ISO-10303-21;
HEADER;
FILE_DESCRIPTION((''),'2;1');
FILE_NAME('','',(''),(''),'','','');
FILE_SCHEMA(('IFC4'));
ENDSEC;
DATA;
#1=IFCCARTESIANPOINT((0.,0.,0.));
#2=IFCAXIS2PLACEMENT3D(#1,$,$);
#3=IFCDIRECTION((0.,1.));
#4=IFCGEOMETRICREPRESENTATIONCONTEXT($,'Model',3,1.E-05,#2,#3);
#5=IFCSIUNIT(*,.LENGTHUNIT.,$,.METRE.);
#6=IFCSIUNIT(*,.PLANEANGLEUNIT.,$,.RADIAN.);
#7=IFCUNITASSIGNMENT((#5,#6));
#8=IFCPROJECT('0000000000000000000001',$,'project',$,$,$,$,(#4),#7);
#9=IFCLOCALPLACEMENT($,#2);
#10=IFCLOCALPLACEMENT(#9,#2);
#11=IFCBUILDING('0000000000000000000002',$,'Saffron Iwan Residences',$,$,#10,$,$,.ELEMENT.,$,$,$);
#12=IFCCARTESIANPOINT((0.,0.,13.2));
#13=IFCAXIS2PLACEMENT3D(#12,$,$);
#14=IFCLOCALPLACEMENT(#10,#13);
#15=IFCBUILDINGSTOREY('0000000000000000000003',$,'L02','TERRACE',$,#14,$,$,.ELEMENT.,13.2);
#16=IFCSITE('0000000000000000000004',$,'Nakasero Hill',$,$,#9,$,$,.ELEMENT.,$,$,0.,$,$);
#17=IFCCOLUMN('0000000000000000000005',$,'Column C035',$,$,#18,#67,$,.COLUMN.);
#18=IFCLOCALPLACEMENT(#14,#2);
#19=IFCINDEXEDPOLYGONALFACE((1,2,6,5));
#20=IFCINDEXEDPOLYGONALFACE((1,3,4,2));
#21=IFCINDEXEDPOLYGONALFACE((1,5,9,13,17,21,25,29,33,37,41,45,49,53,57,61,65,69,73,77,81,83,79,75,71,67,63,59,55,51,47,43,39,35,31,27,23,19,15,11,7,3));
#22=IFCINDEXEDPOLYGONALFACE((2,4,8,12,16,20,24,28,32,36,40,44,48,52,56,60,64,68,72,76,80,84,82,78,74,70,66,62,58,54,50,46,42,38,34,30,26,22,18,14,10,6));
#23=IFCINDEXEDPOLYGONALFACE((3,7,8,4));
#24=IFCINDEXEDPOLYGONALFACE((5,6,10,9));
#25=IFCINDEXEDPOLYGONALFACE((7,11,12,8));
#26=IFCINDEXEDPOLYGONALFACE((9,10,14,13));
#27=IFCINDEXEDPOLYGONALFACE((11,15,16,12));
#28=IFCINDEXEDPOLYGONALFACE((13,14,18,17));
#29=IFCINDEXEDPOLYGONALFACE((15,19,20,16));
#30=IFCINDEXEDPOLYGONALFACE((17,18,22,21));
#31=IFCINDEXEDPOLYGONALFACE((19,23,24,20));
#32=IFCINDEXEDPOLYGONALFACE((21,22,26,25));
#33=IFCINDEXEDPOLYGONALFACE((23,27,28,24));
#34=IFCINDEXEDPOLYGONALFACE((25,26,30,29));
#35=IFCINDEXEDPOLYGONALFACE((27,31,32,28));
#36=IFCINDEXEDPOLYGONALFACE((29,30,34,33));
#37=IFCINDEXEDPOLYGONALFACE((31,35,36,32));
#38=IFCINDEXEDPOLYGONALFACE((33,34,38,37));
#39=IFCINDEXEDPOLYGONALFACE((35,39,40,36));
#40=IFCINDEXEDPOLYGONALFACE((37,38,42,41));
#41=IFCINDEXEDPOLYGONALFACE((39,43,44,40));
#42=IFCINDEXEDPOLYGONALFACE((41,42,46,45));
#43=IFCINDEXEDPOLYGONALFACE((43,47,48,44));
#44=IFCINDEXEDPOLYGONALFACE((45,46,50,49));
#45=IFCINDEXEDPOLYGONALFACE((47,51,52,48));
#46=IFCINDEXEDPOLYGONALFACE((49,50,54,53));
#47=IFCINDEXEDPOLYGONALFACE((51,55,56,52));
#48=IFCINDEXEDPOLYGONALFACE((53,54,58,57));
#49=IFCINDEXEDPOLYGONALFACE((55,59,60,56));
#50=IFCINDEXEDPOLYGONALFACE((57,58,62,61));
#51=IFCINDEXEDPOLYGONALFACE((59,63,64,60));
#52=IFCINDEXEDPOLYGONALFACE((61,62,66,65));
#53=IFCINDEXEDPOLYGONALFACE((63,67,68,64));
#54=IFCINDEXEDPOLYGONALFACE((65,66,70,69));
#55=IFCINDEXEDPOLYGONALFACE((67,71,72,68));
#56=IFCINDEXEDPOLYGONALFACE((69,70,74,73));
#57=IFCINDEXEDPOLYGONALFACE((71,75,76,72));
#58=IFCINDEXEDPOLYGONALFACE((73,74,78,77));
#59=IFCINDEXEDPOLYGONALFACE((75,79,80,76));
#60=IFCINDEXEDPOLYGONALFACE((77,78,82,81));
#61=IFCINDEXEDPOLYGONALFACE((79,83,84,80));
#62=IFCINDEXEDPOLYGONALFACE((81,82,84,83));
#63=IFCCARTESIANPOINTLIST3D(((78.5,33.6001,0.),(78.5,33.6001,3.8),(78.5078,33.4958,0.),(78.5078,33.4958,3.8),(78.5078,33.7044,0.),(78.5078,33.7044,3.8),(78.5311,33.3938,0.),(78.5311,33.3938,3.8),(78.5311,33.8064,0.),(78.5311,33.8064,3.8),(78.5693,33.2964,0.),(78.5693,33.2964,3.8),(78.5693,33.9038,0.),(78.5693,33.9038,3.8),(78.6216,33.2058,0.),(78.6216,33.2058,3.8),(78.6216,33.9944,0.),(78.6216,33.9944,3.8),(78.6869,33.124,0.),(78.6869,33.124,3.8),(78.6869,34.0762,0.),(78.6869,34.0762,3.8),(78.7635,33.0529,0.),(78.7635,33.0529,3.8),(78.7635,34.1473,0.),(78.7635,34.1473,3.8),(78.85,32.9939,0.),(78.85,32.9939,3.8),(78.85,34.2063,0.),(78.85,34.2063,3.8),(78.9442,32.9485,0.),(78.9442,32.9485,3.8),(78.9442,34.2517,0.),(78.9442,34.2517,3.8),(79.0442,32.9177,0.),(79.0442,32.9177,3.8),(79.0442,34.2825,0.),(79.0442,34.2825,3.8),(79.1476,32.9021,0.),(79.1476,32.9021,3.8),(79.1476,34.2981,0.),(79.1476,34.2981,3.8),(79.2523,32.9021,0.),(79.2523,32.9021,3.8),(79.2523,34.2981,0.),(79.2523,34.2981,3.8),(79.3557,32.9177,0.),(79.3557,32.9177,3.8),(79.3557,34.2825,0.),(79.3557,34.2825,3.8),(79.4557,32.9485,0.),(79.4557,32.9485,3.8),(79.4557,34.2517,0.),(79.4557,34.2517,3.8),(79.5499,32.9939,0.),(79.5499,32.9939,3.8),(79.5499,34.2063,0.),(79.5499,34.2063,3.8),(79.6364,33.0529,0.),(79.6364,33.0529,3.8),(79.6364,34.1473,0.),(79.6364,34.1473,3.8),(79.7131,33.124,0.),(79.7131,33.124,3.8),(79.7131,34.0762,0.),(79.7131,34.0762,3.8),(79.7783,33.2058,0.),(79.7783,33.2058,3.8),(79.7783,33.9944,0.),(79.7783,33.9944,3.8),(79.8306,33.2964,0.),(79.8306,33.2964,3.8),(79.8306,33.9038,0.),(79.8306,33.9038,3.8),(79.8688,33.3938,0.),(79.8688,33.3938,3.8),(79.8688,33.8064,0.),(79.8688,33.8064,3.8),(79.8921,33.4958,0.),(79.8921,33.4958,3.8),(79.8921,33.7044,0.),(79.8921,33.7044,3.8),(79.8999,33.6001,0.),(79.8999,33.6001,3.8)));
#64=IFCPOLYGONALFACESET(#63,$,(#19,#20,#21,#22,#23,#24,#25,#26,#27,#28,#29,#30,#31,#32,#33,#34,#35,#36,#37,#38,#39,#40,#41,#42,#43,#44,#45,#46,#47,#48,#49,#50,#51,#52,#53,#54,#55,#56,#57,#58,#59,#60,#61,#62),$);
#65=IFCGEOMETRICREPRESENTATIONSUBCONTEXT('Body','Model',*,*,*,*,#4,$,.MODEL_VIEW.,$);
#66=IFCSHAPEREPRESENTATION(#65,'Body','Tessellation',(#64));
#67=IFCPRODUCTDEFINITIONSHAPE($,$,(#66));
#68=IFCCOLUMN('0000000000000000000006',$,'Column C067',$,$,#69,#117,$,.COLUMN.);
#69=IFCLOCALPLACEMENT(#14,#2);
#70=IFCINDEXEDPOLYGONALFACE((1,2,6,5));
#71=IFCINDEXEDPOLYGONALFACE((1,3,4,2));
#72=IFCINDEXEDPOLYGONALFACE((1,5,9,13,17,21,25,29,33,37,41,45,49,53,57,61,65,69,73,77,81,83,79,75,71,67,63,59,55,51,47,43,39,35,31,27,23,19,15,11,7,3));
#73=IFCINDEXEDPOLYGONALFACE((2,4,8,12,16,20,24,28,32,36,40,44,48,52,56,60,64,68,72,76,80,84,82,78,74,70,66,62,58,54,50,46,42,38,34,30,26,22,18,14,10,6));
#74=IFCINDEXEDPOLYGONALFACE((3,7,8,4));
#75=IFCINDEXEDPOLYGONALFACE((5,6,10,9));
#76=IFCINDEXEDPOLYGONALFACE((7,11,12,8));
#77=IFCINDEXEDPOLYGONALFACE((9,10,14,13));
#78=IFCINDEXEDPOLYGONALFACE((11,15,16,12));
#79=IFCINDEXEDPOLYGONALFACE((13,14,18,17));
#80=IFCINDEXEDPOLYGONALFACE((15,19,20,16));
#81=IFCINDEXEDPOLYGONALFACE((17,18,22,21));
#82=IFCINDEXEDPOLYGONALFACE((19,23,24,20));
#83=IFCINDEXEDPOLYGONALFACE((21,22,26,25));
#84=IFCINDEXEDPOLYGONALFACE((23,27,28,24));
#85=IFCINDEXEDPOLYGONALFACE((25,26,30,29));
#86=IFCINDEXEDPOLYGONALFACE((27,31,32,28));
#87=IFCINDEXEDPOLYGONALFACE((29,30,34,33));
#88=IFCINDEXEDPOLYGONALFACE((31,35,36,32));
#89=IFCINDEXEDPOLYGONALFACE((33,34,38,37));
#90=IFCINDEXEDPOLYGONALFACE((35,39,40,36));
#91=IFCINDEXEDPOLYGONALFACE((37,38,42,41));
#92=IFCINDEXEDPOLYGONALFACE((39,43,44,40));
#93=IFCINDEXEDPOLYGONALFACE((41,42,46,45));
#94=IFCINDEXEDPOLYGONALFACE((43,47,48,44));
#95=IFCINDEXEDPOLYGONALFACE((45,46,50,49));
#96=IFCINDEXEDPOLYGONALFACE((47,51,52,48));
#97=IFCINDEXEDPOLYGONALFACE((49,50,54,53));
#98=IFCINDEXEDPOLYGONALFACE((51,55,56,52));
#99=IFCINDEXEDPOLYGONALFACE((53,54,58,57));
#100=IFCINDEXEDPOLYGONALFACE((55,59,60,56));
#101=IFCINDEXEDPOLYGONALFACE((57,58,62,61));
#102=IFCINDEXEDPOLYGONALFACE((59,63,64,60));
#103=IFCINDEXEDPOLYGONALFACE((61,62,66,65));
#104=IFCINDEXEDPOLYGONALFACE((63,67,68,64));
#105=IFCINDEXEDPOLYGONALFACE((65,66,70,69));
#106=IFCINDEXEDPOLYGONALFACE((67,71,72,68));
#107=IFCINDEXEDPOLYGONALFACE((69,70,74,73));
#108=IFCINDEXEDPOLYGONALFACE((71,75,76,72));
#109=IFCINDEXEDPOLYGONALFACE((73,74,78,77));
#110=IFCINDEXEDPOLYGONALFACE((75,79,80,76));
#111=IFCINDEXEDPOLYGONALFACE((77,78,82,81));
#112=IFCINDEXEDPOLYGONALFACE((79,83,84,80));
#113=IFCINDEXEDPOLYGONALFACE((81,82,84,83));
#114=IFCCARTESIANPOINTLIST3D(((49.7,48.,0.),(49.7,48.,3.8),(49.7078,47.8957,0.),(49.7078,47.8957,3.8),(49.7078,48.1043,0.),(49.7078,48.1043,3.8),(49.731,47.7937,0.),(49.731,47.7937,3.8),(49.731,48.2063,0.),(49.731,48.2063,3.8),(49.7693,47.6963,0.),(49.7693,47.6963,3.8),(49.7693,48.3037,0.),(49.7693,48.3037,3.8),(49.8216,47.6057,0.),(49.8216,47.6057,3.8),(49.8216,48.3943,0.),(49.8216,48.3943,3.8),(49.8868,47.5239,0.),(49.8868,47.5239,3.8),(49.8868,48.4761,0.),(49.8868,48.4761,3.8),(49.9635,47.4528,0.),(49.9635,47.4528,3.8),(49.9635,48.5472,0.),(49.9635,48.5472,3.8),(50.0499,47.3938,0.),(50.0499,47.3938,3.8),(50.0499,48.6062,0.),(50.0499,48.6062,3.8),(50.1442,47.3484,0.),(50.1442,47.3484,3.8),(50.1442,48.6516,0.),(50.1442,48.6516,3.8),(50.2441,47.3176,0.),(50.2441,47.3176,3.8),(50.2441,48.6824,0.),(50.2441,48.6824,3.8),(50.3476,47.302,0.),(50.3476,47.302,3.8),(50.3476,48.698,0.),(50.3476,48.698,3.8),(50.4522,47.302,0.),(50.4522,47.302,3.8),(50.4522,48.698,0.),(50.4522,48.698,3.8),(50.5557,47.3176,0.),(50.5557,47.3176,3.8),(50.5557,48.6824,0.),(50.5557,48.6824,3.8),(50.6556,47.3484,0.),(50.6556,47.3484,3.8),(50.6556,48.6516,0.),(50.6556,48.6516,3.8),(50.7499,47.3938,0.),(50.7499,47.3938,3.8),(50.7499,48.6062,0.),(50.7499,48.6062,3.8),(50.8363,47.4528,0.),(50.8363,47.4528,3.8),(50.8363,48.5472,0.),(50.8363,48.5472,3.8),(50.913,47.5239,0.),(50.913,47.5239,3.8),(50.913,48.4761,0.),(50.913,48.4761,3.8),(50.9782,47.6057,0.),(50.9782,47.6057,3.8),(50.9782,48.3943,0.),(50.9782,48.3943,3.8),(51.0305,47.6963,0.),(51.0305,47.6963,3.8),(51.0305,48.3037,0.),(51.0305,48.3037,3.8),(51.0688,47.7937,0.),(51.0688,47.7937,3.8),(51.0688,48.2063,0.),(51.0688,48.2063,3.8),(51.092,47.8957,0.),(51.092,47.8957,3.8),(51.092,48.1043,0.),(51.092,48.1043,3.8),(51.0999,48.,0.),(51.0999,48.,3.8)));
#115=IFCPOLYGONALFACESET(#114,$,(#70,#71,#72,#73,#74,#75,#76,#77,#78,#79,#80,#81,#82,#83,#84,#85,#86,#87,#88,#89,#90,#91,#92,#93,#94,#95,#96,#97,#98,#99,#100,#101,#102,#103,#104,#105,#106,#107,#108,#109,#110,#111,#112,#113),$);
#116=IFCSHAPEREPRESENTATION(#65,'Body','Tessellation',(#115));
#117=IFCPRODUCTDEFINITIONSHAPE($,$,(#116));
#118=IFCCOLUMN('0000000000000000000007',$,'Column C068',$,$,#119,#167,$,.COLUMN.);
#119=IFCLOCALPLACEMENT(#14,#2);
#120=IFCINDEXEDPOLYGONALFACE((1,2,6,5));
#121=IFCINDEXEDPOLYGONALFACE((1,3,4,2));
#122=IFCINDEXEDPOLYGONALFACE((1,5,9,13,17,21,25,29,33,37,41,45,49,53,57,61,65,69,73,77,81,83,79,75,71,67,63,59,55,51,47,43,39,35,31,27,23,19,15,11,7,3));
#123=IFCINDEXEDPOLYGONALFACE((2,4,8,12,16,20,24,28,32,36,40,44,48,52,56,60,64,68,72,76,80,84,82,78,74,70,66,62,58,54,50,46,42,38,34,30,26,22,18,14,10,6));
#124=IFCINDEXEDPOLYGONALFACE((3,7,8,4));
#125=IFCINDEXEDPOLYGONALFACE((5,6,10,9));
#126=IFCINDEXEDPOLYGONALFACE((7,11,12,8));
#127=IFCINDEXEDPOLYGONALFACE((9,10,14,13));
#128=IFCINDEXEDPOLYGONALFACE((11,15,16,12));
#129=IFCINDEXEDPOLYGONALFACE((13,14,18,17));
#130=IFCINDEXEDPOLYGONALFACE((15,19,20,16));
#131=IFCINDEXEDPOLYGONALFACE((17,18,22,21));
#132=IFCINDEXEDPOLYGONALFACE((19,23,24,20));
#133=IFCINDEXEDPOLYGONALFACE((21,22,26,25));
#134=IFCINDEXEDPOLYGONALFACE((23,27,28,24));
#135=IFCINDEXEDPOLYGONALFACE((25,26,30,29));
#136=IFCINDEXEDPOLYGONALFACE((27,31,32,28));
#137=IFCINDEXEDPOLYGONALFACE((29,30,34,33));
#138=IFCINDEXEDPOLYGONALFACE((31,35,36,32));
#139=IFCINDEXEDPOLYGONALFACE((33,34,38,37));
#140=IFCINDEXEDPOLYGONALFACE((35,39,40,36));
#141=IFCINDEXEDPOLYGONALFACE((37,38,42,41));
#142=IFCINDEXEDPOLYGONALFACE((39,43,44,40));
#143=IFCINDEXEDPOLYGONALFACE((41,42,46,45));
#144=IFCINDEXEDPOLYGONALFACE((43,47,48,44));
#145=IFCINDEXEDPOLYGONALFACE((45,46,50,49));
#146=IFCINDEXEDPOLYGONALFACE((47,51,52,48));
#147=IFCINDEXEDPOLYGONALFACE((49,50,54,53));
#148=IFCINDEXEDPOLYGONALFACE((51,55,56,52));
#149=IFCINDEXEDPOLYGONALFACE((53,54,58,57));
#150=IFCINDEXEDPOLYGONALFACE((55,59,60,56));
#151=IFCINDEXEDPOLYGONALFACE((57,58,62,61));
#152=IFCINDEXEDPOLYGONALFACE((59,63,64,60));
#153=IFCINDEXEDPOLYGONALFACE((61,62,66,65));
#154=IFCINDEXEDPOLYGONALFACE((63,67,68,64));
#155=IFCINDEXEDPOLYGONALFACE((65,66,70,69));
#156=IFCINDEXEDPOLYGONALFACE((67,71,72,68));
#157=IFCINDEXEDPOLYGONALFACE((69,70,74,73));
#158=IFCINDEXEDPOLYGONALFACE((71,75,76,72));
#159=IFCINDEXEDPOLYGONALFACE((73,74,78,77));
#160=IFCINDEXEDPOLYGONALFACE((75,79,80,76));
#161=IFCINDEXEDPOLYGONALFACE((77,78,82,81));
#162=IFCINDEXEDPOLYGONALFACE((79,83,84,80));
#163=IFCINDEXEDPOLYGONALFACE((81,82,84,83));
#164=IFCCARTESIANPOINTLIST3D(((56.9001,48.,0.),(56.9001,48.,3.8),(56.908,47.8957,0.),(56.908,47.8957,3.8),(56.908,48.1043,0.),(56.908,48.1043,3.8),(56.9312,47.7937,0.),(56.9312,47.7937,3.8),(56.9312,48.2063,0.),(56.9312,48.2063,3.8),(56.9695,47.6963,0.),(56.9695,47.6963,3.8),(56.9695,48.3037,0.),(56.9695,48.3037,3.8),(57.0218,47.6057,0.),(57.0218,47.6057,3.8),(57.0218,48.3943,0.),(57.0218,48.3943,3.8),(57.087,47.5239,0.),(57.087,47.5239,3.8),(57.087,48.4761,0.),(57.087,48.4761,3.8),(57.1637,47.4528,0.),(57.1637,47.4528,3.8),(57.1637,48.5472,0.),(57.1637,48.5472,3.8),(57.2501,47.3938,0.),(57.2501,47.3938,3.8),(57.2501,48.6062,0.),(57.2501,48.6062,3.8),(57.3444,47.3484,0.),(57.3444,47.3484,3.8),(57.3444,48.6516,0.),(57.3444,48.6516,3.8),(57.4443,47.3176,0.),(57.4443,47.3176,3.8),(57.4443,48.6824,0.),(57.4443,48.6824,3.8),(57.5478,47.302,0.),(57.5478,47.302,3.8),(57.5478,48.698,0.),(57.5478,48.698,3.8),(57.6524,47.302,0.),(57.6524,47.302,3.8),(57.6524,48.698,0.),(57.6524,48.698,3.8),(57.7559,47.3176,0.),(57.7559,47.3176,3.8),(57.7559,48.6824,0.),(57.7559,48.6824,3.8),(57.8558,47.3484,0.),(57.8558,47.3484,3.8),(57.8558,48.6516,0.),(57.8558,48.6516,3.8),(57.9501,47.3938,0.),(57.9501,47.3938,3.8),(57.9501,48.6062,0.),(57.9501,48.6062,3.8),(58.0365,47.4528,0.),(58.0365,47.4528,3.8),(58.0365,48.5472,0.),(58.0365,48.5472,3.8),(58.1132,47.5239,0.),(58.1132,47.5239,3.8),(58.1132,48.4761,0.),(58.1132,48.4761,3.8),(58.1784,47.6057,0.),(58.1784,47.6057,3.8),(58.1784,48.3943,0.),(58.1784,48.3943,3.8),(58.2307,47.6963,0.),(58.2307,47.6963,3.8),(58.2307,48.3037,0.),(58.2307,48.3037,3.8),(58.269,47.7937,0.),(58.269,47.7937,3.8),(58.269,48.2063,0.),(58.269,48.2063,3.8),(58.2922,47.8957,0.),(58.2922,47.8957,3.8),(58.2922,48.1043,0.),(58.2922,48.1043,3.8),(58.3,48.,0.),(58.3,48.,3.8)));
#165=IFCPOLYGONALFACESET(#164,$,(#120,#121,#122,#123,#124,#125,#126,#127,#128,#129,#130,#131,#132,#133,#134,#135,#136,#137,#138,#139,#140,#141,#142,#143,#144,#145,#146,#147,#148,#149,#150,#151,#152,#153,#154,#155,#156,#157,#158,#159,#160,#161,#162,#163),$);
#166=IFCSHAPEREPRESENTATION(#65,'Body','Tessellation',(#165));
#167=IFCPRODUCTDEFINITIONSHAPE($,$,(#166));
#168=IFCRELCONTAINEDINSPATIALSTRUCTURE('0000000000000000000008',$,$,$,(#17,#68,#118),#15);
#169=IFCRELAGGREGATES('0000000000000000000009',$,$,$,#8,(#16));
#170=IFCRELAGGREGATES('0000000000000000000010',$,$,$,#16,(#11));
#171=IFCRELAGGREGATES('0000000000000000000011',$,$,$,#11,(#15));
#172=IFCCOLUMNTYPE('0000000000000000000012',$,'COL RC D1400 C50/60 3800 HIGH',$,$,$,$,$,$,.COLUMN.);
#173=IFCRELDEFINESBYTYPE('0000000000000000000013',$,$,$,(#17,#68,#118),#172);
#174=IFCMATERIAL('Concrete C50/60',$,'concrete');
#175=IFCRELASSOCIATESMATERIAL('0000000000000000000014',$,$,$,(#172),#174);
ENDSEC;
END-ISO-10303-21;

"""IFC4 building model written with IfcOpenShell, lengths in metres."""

from ifc_helpers import new_model, si_unit, direction, frame, origin, origin_2d, place, context, subcontext, project, spatial, circle, extrude, source, transform, mapped, material, material_profile, profile_set, type_object, element, save


model = new_model("IFC4")

# Units and contexts
model_context = context("Model", 3, precision=1e-05, world=origin(), true_north=direction((0.0, 1.0)))
body_context = subcontext(model_context, "Body", "Model", "MODEL_VIEW")
ifc_project = project(units=[si_unit("LENGTHUNIT", "METRE"), si_unit("PLANEANGLEUNIT", "RADIAN")], contexts=[model_context])

# Site, building, storey
site_placement = place(None, origin())
site = spatial("IfcSite", under=ifc_project, at=site_placement, Name="Nakasero Hill", CompositionType="ELEMENT", RefElevation=0.0)
building_placement = place(site_placement, origin())
building = spatial("IfcBuilding", under=site, at=building_placement, Name="Saffron Iwan Residences", CompositionType="ELEMENT")
storey_placement = place(building_placement, frame((0.0, 0.0, 13.2)))
storey = spatial("IfcBuildingStorey", under=building, at=storey_placement, Name="L02", Description="TERRACE", CompositionType="ELEMENT", Elevation=13.2)

# Columns
ifc_material_1 = material(Name="Concrete C50/60", Category="concrete")
ifc_material_profile_1 = material_profile(ifc_material_1, circle(Radius=0.7, at=origin_2d()), Name="RC D1400")
ifc_profile_set_1 = profile_set([ifc_material_profile_1], Name="Concrete C50/60")
column_type = type_object("IfcColumnType", Name="COL RC D1400 C50/60 3800 HIGH", PredefinedType="COLUMN", material=ifc_profile_set_1)
shared_shape_1 = source(origin(), body_context, "Body", "SweptSolid", [
    extrude(circle(Radius=0.7, at=origin_2d()), origin(), (0.0, 0.0, 1.0), 3.8),
])
for number, where, z_axis, x_axis, name in (
    (1, (79.2, 33.6001, 0.0), (0.0, 0.0, 1.0), (1.0, 0.0, 0.0), "Column C035"),
    (2, (50.3999, 48.0, 0.0), (0.0, 0.0, 1.0), (1.0, 0.0, 0.0), "Column C067"),
    (3, (57.6001, 48.0, 0.0), (0.0, 0.0, 1.0), (1.0, 0.0, 0.0), "Column C068"),
):
    element("IfcColumn", number, at=place(storey_placement, frame(where, z_axis=z_axis, x_axis=x_axis)), inside=storey, type_object=column_type, Name=name, PredefinedType="COLUMN", context=body_context, shape_type="MappedRepresentation", body=[
        mapped(shared_shape_1, transform((0.0, 0.0, 0.0))),
    ])

save(model, "model.ifc")
